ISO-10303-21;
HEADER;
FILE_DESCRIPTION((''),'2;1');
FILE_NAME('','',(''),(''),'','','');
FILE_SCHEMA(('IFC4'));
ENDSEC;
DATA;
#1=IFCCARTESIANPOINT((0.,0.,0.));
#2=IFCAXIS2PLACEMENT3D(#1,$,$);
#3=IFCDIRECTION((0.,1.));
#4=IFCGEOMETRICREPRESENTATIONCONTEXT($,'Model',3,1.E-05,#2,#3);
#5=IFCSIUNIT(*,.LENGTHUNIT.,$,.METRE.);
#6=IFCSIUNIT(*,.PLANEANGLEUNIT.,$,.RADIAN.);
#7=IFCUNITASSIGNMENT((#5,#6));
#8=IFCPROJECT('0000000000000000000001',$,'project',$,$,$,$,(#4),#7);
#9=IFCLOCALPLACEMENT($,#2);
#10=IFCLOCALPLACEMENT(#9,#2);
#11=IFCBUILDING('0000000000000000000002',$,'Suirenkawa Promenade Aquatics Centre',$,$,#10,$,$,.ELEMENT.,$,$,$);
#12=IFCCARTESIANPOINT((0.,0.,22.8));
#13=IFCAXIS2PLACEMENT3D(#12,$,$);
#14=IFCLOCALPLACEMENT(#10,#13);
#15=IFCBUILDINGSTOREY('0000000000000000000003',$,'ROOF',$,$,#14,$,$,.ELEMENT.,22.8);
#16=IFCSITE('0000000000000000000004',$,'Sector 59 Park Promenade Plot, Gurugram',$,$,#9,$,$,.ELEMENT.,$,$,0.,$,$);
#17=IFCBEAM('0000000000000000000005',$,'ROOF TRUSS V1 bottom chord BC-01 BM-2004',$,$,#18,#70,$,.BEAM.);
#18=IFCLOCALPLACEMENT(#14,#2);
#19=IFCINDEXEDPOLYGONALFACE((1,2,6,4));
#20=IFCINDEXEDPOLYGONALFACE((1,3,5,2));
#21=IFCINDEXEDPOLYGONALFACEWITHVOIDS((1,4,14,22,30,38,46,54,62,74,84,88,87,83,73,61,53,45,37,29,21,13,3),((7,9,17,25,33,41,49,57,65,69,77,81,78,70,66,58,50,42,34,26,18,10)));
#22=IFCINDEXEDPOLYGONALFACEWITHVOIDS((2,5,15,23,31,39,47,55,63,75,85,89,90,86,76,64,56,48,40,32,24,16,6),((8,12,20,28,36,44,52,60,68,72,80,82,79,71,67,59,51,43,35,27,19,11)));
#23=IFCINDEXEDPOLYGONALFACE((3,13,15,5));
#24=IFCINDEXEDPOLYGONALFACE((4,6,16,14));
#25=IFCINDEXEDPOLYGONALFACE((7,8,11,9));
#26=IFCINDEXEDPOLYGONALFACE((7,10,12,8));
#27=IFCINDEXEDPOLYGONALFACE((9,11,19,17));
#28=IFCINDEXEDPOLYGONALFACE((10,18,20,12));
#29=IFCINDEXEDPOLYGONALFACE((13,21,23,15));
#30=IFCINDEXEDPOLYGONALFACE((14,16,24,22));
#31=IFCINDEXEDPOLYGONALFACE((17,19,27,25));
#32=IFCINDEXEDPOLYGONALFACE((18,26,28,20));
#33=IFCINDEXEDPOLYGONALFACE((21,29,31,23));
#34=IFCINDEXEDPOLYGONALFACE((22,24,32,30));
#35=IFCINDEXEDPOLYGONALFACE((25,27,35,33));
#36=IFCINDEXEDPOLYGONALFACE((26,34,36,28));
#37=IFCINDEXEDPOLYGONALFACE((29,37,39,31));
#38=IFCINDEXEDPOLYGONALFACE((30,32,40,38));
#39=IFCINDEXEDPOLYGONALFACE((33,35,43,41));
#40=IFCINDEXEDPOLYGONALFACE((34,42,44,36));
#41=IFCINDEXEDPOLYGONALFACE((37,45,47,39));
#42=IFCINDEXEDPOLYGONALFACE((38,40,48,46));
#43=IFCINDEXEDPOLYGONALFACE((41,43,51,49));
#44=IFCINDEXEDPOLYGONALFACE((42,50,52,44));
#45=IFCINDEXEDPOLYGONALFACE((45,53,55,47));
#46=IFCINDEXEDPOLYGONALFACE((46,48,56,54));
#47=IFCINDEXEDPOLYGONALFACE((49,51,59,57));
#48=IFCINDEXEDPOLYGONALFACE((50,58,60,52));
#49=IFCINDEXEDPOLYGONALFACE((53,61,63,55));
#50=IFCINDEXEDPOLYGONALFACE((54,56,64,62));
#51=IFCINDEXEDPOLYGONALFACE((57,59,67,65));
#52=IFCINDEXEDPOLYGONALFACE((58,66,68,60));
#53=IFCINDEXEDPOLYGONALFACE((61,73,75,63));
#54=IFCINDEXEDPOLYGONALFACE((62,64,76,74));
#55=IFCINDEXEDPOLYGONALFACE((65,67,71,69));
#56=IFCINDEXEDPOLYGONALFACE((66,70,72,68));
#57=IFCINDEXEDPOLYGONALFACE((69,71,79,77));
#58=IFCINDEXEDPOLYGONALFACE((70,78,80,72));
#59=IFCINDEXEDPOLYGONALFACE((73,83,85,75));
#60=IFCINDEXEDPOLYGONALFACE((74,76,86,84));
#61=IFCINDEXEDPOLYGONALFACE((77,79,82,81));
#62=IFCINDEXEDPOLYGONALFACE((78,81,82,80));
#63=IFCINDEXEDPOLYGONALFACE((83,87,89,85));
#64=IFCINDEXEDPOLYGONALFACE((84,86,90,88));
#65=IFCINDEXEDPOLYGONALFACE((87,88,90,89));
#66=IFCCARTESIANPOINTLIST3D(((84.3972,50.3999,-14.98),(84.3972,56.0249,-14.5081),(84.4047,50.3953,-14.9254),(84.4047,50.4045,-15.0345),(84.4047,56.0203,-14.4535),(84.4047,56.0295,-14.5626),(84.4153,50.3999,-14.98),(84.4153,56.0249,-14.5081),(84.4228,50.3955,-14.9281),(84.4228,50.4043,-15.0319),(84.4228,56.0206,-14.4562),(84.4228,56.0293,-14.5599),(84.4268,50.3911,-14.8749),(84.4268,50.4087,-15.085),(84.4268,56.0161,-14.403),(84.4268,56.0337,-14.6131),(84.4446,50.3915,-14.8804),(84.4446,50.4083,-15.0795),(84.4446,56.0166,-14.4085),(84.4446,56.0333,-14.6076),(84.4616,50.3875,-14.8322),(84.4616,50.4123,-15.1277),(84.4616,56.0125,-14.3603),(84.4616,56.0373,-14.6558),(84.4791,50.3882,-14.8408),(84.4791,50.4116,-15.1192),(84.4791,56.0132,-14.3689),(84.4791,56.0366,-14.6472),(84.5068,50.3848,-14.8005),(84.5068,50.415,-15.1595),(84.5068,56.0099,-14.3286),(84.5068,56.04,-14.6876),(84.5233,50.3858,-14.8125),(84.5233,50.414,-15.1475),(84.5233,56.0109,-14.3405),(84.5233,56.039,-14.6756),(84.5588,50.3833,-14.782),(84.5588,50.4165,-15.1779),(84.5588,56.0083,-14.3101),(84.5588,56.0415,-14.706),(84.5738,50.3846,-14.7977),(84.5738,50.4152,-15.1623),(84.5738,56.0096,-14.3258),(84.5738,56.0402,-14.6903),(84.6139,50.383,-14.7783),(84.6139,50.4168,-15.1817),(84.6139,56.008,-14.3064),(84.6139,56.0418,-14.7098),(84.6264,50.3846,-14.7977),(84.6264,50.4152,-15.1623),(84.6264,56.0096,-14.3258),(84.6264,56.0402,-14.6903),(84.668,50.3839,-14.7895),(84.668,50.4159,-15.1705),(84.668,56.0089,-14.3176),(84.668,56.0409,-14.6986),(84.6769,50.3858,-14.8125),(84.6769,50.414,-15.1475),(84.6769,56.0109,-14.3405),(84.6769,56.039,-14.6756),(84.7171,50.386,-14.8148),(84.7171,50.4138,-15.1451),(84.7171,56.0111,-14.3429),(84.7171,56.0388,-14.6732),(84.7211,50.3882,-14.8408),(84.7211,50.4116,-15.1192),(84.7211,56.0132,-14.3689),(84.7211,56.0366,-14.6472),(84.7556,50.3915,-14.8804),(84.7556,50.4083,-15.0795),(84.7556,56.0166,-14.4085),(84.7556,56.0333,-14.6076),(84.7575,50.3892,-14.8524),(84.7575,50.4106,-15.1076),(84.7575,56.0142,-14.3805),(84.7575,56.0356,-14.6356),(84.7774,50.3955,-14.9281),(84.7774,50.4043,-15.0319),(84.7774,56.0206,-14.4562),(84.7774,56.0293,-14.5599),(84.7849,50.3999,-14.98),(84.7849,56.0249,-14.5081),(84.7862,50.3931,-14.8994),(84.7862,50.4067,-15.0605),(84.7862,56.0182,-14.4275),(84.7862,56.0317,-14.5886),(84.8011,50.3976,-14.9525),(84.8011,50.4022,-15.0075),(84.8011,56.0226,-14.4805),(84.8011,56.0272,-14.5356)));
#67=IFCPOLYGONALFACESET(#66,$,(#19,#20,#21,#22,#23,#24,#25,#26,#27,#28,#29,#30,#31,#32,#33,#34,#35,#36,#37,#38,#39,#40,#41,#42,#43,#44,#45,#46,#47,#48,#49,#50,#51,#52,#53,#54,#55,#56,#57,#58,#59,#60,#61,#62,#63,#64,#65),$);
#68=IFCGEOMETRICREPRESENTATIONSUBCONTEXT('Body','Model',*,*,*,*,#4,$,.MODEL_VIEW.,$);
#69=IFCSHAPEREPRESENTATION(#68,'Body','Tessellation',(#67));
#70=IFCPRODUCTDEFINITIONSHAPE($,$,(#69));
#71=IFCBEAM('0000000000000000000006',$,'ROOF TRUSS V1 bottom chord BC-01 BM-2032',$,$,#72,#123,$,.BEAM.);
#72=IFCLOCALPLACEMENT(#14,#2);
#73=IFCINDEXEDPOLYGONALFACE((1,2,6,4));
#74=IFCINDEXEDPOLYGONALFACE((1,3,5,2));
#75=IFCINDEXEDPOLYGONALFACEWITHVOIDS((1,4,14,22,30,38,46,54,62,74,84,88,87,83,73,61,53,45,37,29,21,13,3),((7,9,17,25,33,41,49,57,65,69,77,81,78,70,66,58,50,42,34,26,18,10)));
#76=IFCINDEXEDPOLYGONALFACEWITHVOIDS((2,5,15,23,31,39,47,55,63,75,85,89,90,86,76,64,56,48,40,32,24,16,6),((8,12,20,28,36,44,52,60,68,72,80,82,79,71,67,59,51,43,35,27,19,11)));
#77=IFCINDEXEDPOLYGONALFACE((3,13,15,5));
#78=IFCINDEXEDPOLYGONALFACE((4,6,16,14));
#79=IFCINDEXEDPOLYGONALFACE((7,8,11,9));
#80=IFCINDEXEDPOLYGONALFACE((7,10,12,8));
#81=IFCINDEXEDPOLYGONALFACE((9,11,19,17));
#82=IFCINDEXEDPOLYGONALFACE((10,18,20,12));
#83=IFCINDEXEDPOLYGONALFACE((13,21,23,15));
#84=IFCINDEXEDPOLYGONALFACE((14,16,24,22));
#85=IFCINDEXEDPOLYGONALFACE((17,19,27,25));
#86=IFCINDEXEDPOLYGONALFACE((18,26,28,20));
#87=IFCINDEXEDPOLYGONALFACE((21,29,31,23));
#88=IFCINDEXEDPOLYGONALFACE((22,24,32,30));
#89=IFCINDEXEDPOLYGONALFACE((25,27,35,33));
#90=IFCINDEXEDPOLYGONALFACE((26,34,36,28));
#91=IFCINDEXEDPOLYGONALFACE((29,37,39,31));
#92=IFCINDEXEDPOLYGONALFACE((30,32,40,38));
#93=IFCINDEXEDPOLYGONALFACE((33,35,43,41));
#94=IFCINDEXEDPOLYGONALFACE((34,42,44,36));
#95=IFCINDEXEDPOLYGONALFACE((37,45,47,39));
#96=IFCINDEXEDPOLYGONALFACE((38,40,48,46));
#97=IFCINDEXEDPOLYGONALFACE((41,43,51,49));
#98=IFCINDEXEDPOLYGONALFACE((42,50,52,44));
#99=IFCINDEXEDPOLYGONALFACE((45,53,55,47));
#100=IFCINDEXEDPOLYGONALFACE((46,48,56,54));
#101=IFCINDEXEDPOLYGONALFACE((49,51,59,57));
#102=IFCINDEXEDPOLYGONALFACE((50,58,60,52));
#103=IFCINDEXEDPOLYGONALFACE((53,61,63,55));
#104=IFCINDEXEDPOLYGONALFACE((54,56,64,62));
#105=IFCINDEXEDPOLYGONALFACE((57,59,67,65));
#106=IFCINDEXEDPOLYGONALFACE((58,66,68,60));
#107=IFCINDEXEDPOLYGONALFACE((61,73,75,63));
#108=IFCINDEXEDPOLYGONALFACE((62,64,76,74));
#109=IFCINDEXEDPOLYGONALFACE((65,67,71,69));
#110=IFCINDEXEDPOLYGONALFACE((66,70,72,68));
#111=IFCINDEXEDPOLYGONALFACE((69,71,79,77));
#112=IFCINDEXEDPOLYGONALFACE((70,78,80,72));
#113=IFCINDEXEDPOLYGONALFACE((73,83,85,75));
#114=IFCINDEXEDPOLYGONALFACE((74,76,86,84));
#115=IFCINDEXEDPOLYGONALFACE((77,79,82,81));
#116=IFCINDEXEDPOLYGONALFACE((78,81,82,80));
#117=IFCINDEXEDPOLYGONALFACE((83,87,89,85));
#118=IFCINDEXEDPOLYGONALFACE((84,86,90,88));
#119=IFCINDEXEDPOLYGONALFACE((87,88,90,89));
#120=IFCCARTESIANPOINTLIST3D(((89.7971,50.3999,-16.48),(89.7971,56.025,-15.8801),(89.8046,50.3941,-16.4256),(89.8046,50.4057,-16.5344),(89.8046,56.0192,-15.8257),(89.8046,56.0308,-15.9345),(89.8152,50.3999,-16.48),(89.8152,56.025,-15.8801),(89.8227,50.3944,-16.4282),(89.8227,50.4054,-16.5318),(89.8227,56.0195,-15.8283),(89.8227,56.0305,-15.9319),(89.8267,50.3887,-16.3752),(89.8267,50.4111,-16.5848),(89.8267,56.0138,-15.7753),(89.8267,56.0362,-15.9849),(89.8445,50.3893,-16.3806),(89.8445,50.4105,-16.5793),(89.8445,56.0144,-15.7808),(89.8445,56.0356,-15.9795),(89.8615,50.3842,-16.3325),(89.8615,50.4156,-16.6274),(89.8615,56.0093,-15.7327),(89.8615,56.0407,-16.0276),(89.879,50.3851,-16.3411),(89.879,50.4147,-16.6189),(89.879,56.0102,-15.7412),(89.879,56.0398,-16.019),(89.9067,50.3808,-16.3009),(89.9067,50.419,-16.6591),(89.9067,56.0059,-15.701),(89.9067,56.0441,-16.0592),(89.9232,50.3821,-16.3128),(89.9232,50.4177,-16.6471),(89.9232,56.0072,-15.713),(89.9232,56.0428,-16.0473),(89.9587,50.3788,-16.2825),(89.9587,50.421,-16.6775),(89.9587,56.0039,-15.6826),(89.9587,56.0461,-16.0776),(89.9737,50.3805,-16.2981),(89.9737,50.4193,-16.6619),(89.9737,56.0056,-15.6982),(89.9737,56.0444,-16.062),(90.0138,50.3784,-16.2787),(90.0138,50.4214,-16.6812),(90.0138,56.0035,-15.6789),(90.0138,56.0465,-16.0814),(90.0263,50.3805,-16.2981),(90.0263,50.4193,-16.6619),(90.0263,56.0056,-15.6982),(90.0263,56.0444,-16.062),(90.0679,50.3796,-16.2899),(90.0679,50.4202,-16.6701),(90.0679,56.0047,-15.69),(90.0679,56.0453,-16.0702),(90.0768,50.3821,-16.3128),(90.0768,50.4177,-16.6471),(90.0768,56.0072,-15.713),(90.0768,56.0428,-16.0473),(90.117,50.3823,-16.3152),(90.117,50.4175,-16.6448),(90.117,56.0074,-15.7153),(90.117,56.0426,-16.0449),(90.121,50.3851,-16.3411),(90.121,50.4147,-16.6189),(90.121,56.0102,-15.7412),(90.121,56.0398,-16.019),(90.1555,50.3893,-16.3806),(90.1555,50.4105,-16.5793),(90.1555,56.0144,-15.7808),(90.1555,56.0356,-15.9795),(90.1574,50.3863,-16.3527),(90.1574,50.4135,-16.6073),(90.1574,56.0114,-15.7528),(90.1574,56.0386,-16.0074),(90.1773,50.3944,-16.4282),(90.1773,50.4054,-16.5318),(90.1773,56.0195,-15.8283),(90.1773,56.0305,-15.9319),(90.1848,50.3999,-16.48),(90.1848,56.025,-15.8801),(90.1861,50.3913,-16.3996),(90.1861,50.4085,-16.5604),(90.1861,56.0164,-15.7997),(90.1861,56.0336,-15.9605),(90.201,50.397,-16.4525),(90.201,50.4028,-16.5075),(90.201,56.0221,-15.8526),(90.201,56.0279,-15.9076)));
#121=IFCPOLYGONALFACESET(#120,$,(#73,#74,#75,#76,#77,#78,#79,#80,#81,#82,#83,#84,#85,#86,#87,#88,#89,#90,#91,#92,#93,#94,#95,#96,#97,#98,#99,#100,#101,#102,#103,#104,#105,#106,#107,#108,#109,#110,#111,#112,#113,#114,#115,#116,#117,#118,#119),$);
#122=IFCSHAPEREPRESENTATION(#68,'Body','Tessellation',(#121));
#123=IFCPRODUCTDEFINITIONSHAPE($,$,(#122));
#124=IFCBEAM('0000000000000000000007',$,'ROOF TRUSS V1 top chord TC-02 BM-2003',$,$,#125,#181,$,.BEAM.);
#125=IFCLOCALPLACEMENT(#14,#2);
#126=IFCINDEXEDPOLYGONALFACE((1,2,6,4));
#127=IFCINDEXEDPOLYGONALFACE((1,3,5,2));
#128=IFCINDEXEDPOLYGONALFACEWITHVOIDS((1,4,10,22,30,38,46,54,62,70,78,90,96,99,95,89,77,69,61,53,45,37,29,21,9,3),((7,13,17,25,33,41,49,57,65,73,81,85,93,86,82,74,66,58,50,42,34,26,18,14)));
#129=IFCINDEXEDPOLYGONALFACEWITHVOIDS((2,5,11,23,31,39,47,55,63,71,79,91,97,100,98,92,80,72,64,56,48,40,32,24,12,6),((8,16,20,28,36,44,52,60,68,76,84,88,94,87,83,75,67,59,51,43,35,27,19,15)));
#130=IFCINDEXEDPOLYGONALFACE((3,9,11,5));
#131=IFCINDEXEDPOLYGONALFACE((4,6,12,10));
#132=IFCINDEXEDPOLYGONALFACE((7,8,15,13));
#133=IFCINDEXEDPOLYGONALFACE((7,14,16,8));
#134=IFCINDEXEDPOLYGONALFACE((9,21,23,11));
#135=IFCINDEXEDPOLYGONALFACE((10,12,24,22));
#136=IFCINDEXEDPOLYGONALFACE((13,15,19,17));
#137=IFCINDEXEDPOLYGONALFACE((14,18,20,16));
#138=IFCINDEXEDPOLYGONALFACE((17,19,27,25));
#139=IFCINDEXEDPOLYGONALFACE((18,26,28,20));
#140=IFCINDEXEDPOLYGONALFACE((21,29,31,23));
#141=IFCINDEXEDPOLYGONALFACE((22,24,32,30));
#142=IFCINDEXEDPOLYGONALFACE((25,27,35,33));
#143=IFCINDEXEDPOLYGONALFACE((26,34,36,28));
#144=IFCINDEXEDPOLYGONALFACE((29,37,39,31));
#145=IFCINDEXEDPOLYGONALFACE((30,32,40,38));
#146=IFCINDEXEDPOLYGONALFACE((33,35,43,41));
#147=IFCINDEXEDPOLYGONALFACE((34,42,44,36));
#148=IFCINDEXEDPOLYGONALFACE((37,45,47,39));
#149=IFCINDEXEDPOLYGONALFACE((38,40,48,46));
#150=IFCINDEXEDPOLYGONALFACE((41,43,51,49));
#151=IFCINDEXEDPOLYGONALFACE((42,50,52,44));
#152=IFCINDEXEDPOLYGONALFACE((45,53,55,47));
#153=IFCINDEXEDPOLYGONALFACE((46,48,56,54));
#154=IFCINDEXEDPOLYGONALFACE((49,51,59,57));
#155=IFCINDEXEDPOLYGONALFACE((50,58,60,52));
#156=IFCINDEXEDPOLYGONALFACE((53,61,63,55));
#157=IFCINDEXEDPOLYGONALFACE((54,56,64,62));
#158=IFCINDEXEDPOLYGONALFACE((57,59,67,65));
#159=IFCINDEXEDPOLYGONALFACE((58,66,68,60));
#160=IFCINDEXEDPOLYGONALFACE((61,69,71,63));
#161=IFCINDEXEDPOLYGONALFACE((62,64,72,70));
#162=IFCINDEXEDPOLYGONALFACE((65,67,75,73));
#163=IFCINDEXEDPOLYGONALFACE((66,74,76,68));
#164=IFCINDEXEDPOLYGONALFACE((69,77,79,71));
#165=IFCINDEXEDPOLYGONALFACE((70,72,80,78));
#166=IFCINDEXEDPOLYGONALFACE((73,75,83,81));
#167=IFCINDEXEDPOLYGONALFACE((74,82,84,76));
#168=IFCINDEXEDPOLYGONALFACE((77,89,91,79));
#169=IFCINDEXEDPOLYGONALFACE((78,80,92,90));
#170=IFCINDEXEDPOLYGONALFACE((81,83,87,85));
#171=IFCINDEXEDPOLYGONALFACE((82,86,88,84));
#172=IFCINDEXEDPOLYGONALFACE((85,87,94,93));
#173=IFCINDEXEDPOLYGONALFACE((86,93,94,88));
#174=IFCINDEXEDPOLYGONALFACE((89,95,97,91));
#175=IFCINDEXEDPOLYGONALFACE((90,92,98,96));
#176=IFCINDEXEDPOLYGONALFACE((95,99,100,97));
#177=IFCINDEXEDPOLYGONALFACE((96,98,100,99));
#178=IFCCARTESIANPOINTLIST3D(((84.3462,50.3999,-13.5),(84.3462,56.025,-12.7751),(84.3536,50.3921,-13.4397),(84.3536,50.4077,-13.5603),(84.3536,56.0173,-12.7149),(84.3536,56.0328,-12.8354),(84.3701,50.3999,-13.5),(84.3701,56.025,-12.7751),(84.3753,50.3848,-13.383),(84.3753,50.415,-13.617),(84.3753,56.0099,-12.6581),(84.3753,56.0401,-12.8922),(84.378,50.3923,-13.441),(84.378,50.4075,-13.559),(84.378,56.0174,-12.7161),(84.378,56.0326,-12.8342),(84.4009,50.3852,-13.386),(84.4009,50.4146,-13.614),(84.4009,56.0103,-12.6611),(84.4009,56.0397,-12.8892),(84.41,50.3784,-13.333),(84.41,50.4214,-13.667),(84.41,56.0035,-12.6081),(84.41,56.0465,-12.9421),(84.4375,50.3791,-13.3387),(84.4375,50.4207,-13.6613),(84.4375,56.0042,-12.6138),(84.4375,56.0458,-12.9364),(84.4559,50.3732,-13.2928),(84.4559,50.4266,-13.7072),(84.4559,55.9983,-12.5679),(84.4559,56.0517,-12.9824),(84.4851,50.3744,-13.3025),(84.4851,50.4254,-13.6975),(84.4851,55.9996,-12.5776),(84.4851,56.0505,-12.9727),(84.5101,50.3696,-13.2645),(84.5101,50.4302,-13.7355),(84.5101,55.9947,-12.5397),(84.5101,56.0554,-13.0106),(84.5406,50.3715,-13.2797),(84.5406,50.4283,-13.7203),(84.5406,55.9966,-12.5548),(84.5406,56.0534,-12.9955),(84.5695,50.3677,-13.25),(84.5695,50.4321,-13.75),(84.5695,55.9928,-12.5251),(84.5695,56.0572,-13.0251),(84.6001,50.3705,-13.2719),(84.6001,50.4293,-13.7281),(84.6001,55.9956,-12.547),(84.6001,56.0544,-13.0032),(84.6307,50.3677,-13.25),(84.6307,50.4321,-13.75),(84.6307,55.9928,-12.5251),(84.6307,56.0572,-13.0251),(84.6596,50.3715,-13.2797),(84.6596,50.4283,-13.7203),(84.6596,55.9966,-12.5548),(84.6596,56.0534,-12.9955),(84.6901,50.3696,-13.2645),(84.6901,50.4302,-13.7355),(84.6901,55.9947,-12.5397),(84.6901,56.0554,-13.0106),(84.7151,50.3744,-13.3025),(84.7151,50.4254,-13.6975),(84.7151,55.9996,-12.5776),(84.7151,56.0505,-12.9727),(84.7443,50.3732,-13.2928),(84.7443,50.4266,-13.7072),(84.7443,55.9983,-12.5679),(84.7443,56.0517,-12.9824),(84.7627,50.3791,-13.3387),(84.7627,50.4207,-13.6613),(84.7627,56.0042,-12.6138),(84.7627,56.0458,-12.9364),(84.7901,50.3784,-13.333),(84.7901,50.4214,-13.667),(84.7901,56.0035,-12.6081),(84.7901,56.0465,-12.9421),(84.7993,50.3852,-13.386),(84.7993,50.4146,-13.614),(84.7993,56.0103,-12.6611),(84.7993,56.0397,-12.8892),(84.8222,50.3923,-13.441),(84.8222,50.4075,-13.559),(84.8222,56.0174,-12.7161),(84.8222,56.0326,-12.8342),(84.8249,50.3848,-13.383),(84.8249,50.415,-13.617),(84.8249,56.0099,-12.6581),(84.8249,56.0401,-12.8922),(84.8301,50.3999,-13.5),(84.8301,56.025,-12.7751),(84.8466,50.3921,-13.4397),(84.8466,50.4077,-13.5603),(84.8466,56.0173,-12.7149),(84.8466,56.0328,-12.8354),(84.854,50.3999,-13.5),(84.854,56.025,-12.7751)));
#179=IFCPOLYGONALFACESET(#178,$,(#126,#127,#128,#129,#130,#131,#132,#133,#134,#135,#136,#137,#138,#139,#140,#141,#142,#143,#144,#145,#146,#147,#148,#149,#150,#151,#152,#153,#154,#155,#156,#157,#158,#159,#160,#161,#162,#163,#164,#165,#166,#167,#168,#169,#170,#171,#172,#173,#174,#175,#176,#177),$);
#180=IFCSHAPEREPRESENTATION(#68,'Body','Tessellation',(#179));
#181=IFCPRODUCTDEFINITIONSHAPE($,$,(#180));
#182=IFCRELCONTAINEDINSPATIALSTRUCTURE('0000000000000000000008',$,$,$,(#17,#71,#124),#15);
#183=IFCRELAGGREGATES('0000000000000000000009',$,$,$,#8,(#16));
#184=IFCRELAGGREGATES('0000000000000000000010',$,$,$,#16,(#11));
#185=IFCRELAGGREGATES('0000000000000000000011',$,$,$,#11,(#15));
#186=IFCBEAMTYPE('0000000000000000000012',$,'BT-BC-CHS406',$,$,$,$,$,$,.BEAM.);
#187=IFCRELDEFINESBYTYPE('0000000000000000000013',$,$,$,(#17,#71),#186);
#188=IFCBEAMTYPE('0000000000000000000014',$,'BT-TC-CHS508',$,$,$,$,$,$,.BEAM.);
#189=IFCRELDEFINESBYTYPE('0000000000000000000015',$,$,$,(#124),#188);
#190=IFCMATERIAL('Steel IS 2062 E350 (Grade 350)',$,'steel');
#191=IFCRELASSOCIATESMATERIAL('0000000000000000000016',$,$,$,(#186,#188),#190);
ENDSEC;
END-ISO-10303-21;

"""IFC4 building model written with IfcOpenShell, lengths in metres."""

from ifc_helpers import new_model, si_unit, direction, frame, origin, origin_2d, place, context, subcontext, project, spatial, hollow_circle, extrude, material, material_profile, profile_set, type_object, element, save


model = new_model("IFC4")

# Units and contexts
model_context = context("Model", 3, precision=1e-05, world=origin(), true_north=direction((0.0, 1.0)))
body_context = subcontext(model_context, "Body", "Model", "MODEL_VIEW")
ifc_project = project(units=[si_unit("LENGTHUNIT", "METRE"), si_unit("PLANEANGLEUNIT", "RADIAN")], contexts=[model_context])

# Site, building, storey
site_placement = place(None, origin())
site = spatial("IfcSite", under=ifc_project, at=site_placement, Name="Sector 59 Park Promenade Plot, Gurugram", CompositionType="ELEMENT", RefElevation=0.0)
building_placement = place(site_placement, origin())
building = spatial("IfcBuilding", under=site, at=building_placement, Name="Suirenkawa Promenade Aquatics Centre", CompositionType="ELEMENT")
storey_placement = place(building_placement, frame((0.0, 0.0, 22.8)))
storey = spatial("IfcBuildingStorey", under=building, at=storey_placement, Name="ROOF", CompositionType="ELEMENT", Elevation=22.8)

# Beams
ifc_material_1 = material(Name="Steel IS 2062 E350 (Grade 350)", Category="steel")
ifc_material_profile_1 = material_profile(ifc_material_1, hollow_circle(Radius=0.2029, WallThickness=0.0181, at=origin_2d()), Name="CHS 406x18", Category="steel")
ifc_profile_set_1 = profile_set([ifc_material_profile_1], Name="Steel IS 2062 E350 (Grade 350)")
beam_type_1 = type_object("IfcBeamType", Name="BT-BC-CHS406", PredefinedType="BEAM", material=ifc_profile_set_1)
beam_1_placement = place(storey_placement, frame((84.6001, 50.3999, -14.98), z_axis=(0.0, 0.996499, 0.083604), x_axis=(-1.0, 0.0, 0.0)))
element("IfcBeam", 1, at=beam_1_placement, inside=storey, type_object=beam_type_1, Name="ROOF TRUSS V1 bottom chord BC-01 BM-2004", PredefinedType="BEAM", context=body_context, shape_type="SweptSolid", body=[
    extrude(hollow_circle(Radius=0.2029, WallThickness=0.0181, at=origin_2d()), origin(), (0.0, 0.0, 1.0), 5.6448),
])
beam_2_placement = place(storey_placement, frame((90.0, 50.3999, -16.48), z_axis=(0.0, 0.994362, 0.106039), x_axis=(-1.0, 0.0, 0.0)))
element("IfcBeam", 2, at=beam_2_placement, inside=storey, type_object=beam_type_1, Name="ROOF TRUSS V1 bottom chord BC-01 BM-2032", PredefinedType="BEAM", context=body_context, shape_type="SweptSolid", body=[
    extrude(hollow_circle(Radius=0.2029, WallThickness=0.0181, at=origin_2d()), origin(), (0.0, 0.0, 1.0), 5.657),
])
ifc_material_profile_2 = material_profile(ifc_material_1, hollow_circle(Radius=0.2539, WallThickness=0.0239, at=origin_2d()), Name="CHS 508x24", Category="steel")
ifc_profile_set_2 = profile_set([ifc_material_profile_2], Name="Steel IS 2062 E350 (Grade 350)")
beam_type_2 = type_object("IfcBeamType", Name="BT-TC-CHS508", PredefinedType="BEAM", material=ifc_profile_set_2)
for number, where, z_axis, x_axis, name in (
    (3, (84.6001, 50.3999, -13.5), (0.0, 0.991799, 0.127806), (-1.0, 0.0, 0.0), "ROOF TRUSS V1 top chord TC-02 BM-2003"),
):
    element("IfcBeam", number, at=place(storey_placement, frame(where, z_axis=z_axis, x_axis=x_axis)), inside=storey, type_object=beam_type_2, Name=name, PredefinedType="BEAM", context=body_context, shape_type="SweptSolid", body=[
        extrude(hollow_circle(Radius=0.2539, WallThickness=0.0239, at=origin_2d()), origin(), (0.0, 0.0, 1.0), 5.6716),
    ])

save(model, "model.ifc")
